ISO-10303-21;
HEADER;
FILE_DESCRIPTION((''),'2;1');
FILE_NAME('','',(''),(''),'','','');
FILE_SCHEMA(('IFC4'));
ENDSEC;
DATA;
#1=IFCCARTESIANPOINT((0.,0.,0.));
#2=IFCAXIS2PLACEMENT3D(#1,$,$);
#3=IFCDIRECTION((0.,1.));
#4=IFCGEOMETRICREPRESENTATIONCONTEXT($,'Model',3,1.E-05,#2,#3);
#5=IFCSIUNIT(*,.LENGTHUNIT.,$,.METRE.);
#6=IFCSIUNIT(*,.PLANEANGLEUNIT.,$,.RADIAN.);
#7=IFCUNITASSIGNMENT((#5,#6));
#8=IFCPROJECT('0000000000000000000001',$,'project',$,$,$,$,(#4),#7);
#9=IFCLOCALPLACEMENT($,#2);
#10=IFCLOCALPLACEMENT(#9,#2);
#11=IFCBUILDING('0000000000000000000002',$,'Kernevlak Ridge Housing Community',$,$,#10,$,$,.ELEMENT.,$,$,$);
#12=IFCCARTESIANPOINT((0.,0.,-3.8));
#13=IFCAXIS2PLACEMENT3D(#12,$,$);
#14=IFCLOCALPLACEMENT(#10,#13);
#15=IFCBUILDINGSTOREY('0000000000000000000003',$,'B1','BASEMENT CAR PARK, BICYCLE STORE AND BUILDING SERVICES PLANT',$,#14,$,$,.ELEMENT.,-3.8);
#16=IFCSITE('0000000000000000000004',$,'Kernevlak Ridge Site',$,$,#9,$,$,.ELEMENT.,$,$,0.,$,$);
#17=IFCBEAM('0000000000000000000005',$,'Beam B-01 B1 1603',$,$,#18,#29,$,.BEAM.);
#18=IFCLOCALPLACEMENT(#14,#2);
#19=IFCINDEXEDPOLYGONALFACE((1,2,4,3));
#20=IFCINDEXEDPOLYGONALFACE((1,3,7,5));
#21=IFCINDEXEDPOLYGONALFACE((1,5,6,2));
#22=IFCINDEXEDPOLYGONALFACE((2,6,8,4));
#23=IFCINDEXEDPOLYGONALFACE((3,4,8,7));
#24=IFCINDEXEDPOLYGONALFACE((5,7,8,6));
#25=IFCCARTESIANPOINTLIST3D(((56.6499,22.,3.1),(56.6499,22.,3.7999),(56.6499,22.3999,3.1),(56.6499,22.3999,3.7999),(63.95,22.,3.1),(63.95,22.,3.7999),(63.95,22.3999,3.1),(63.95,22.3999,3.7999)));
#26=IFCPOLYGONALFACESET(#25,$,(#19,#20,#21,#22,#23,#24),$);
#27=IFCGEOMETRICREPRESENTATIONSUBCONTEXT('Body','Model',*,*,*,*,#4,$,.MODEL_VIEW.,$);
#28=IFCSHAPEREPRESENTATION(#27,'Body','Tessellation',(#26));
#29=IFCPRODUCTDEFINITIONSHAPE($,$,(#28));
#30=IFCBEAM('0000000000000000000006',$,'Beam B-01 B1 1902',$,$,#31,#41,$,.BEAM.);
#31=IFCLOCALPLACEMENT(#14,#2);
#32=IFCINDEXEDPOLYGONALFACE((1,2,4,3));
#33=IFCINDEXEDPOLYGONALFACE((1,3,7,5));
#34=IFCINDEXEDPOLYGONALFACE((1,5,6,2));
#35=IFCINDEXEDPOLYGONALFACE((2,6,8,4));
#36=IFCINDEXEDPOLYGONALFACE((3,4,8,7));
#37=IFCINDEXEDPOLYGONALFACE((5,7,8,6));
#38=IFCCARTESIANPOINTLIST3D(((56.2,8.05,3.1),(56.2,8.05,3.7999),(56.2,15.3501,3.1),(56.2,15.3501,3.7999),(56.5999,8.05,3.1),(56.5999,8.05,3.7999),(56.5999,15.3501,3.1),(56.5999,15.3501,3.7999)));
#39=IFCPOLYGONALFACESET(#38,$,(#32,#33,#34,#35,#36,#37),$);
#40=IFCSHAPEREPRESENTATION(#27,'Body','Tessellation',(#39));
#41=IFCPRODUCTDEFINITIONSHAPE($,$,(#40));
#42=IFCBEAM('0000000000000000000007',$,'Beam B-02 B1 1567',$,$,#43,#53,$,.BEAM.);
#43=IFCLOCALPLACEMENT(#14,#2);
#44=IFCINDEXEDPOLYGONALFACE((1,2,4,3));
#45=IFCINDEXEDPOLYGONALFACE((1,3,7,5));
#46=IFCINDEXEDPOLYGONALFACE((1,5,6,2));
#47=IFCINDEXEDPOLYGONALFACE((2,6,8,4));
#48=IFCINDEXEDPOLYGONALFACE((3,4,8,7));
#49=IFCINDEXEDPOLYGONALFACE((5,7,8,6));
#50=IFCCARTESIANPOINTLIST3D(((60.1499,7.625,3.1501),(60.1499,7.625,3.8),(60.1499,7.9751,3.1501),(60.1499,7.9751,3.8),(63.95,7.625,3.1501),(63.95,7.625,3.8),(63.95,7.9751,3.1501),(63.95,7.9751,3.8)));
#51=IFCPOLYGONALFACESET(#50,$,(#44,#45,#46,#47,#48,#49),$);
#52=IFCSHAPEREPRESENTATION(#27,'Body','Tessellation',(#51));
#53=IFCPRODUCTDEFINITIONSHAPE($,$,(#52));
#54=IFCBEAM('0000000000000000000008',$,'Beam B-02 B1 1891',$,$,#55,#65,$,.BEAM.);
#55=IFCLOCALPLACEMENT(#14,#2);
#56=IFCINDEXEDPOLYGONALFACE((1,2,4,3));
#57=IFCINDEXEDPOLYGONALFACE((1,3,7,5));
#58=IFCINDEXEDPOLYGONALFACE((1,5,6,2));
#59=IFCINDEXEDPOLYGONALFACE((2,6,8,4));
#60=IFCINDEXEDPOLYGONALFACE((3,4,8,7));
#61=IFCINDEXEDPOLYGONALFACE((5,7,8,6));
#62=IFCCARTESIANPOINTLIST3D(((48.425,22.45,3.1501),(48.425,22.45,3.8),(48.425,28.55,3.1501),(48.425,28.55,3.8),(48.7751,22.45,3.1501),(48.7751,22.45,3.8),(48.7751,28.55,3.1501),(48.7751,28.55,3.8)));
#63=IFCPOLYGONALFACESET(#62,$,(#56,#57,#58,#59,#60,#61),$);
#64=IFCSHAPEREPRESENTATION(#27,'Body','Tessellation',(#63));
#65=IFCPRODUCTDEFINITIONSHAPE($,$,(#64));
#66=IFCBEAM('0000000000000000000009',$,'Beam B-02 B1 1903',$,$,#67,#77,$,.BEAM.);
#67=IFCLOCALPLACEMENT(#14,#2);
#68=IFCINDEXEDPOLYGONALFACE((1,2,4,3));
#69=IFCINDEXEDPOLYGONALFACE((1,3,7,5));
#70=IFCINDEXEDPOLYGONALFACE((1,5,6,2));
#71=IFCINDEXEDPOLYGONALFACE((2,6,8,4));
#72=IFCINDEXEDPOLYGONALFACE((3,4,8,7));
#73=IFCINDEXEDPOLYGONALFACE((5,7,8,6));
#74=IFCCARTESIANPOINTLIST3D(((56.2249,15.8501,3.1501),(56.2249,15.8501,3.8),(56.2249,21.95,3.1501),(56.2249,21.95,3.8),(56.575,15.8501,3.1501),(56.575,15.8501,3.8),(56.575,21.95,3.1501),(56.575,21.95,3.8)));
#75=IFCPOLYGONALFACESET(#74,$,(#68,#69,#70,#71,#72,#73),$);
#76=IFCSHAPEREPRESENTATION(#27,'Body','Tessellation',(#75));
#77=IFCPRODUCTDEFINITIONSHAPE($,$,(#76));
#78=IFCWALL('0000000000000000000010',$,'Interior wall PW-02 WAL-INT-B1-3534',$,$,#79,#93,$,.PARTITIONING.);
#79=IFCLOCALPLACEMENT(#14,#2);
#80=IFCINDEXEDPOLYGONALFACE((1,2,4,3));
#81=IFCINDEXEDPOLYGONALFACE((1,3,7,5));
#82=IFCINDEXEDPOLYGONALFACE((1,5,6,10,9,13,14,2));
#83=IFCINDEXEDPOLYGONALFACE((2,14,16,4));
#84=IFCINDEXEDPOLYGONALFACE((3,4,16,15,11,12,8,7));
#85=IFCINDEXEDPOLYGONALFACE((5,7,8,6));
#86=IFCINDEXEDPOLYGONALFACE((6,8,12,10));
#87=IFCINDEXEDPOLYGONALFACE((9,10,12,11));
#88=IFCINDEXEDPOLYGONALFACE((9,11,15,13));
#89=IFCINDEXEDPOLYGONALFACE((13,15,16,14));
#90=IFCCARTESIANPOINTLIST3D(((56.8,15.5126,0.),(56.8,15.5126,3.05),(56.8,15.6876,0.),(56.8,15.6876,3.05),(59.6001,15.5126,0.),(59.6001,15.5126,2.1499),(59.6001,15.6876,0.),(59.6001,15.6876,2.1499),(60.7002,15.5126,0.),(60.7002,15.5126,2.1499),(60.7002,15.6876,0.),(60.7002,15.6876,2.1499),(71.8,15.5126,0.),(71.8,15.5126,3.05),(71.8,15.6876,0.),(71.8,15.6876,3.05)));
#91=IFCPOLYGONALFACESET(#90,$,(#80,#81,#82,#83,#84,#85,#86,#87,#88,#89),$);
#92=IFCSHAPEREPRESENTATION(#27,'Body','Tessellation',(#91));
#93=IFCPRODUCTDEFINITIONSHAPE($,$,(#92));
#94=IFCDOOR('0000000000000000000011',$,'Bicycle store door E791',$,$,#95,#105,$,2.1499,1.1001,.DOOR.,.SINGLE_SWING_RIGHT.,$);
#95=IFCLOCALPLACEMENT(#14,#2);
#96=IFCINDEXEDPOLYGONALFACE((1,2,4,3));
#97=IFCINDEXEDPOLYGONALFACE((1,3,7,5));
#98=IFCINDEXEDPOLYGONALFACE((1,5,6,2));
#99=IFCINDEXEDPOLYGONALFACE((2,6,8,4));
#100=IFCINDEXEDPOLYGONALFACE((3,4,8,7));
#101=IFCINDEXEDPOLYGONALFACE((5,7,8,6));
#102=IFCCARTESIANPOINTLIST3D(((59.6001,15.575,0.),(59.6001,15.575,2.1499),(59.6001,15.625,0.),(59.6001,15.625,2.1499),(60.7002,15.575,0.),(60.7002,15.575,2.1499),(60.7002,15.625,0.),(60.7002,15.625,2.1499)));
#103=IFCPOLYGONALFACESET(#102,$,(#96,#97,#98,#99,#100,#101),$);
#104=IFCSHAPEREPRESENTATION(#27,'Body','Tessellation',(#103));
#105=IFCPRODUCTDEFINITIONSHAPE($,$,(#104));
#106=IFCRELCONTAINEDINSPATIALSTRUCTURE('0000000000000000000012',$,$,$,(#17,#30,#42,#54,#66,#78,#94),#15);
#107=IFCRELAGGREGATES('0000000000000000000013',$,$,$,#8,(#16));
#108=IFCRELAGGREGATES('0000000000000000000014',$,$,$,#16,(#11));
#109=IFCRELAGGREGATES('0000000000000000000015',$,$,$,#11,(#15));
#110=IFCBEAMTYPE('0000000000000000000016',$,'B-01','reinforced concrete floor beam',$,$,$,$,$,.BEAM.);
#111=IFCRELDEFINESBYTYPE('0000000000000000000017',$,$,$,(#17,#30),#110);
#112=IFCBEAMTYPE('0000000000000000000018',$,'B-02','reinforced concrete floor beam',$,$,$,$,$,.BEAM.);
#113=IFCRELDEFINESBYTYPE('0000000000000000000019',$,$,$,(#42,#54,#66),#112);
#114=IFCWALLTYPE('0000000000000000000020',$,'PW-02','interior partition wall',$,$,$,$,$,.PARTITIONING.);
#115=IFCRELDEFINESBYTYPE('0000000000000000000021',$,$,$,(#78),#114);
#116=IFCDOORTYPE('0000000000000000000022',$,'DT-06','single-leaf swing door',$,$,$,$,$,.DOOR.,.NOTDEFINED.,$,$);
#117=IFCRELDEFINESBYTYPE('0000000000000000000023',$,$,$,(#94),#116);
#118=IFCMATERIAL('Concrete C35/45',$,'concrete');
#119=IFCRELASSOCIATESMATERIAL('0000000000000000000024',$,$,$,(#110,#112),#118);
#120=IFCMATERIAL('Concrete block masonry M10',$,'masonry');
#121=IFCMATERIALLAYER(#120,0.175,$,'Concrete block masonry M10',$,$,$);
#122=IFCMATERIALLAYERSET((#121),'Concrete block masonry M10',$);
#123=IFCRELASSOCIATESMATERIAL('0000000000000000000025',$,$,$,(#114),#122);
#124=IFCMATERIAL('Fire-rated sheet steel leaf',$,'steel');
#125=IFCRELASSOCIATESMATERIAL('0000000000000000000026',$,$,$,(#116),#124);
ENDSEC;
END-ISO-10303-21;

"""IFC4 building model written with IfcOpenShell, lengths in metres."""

from ifc_helpers import new_model, si_unit, direction, frame, frame_2d, origin, origin_2d, place, context, subcontext, project, spatial, rectangle, extrude, material, layer, layer_set, material_profile, profile_set, type_object, element, fill, save


model = new_model("IFC4")

# Units and contexts
model_context = context("Model", 3, precision=1e-05, world=origin(), true_north=direction((0.0, 1.0)))
body_context = subcontext(model_context, "Body", "Model", "MODEL_VIEW")
ifc_project = project(units=[si_unit("LENGTHUNIT", "METRE"), si_unit("PLANEANGLEUNIT", "RADIAN")], contexts=[model_context])

# Site, building, storey
site_placement = place(None, origin())
site = spatial("IfcSite", under=ifc_project, at=site_placement, Name="Kernevlak Ridge Site", CompositionType="ELEMENT", RefElevation=0.0)
building_placement = place(site_placement, origin())
building = spatial("IfcBuilding", under=site, at=building_placement, Name="Kernevlak Ridge Housing Community", CompositionType="ELEMENT")
storey_placement = place(building_placement, frame((0.0, 0.0, -3.8)))
storey = spatial("IfcBuildingStorey", under=building, at=storey_placement, Name="B1", Description="BASEMENT CAR PARK, BICYCLE STORE AND BUILDING SERVICES PLANT", CompositionType="ELEMENT", Elevation=-3.8)

# Shared definitions
ifc_material_1 = material(Name="Concrete C35/45", Category="concrete")

# Beams
ifc_material_profile_1 = material_profile(ifc_material_1, rectangle(XDim=0.3999, YDim=0.7, at=origin_2d()), Name="RC 400x700")
ifc_profile_set_1 = profile_set([ifc_material_profile_1], Name="Concrete C35/45")
beam_type_1 = type_object("IfcBeamType", Name="B-01", Description="reinforced concrete floor beam", PredefinedType="BEAM", material=ifc_profile_set_1)
for number, where, z_axis, x_axis, name in (
    (1, (56.6499, 22.2, 3.45), (1.0, 0.0, 0.0), (0.0, 1.0, 0.0), "Beam B-01 B1 1603"),
    (2, (56.3999, 8.05, 3.45), (0.0, 1.0, 0.0), (-1.0, 0.0, 0.0), "Beam B-01 B1 1902"),
):
    element("IfcBeam", number, at=place(storey_placement, frame(where, z_axis=z_axis, x_axis=x_axis)), inside=storey, type_object=beam_type_1, Name=name, PredefinedType="BEAM", context=body_context, shape_type="SweptSolid", body=[
        extrude(rectangle(XDim=0.3999, YDim=0.7, at=origin_2d()), origin(), (0.0, 0.0, 1.0), 7.3),
    ])
ifc_material_profile_2 = material_profile(ifc_material_1, rectangle(XDim=0.3501, YDim=0.6499, at=origin_2d()), Name="RC 350x650")
ifc_profile_set_2 = profile_set([ifc_material_profile_2], Name="Concrete C35/45")
beam_type_2 = type_object("IfcBeamType", Name="B-02", Description="reinforced concrete floor beam", PredefinedType="BEAM", material=ifc_profile_set_2)
beam_1_placement = place(storey_placement, frame((60.1499, 7.8, 3.4751), z_axis=(1.0, 0.0, 0.0), x_axis=(0.0, 1.0, 0.0)))
element("IfcBeam", 3, at=beam_1_placement, inside=storey, type_object=beam_type_2, Name="Beam B-02 B1 1567", PredefinedType="BEAM", context=body_context, shape_type="SweptSolid", body=[
    extrude(rectangle(XDim=0.3501, YDim=0.6499, at=origin_2d()), origin(), (0.0, 0.0, 1.0), 3.8),
])
beam_2_placement = place(storey_placement, frame((48.6001, 22.45, 3.4751), z_axis=(0.0, 1.0, 0.0), x_axis=(-1.0, 0.0, 0.0)))
element("IfcBeam", 4, at=beam_2_placement, inside=storey, type_object=beam_type_2, Name="Beam B-02 B1 1891", PredefinedType="BEAM", context=body_context, shape_type="SweptSolid", body=[
    extrude(rectangle(XDim=0.3501, YDim=0.6499, at=origin_2d()), origin(), (0.0, 0.0, 1.0), 6.1001),
])
beam_3_placement = place(storey_placement, frame((56.3999, 15.8501, 3.4751), z_axis=(0.0, 1.0, 0.0), x_axis=(-1.0, 0.0, 0.0)))
element("IfcBeam", 5, at=beam_3_placement, inside=storey, type_object=beam_type_2, Name="Beam B-02 B1 1903", PredefinedType="BEAM", context=body_context, shape_type="SweptSolid", body=[
    extrude(rectangle(XDim=0.3501, YDim=0.6499, at=origin_2d()), origin(), (0.0, 0.0, 1.0), 6.0999),
])

# Wall, opening, door
ifc_material_2 = material(Name="Concrete block masonry M10", Category="masonry")
ifc_layer = layer(ifc_material_2, 0.175, Name="Concrete block masonry M10")
ifc_layer_set = layer_set([ifc_layer], Name="Concrete block masonry M10")
wall_type = type_object("IfcWallType", Name="PW-02", Description="interior partition wall", PredefinedType="PARTITIONING", material=ifc_layer_set)
wall_placement = place(storey_placement, frame((56.8, 15.6001, 0.0), z_axis=(0.0, 0.0, 1.0), x_axis=(1.0, 0.0, 0.0)))
wall = element("IfcWall", 6, at=wall_placement, inside=storey, type_object=wall_type, Name="Interior wall PW-02 WAL-INT-B1-3534", PredefinedType="PARTITIONING", context=body_context, shape_type="SweptSolid", body=[
    extrude(rectangle(XDim=15.0, YDim=0.175, at=frame_2d((7.5, 0.0))), origin(), (0.0, 0.0, 1.0), 3.05),
])
opening_placement = place(wall_placement, frame((2.8, 0.0, 0.0)))
opening = element("IfcOpeningElement", 7, at=opening_placement, cuts=wall, PredefinedType="OPENING", context=body_context, shape_type="SweptSolid", body=[
    extrude(rectangle(XDim=1.1001, YDim=2.1499, at=frame_2d((0.55, 1.075))), frame((0.0, 0.0974, 0.0), z_axis=(0.0, -1.0, 0.0), x_axis=(1.0, 0.0, 0.0)), (0.0, 0.0, 1.0), 0.1951),
])
ifc_material_3 = material(Name="Fire-rated sheet steel leaf", Category="steel")
door_type = type_object("IfcDoorType", Name="DT-06", Description="single-leaf swing door", OperationType="NOTDEFINED", PredefinedType="DOOR", material=ifc_material_3)
door_placement = place(opening_placement, origin())
door = element("IfcDoor", 8, at=door_placement, inside=storey, type_object=door_type, Name="Bicycle store door E791", OperationType="SINGLE_SWING_RIGHT", OverallHeight=2.1499, OverallWidth=1.1001, PredefinedType="DOOR", context=body_context, shape_type="SweptSolid", body=[
    extrude(rectangle(XDim=1.1001, YDim=2.1499, at=frame_2d((0.55, 1.075))), frame((0.0, 0.0249, 0.0), z_axis=(0.0, -1.0, 0.0), x_axis=(1.0, 0.0, 0.0)), (0.0, 0.0, 1.0), 0.05),
])
fill(opening, door)

save(model, "model.ifc")
